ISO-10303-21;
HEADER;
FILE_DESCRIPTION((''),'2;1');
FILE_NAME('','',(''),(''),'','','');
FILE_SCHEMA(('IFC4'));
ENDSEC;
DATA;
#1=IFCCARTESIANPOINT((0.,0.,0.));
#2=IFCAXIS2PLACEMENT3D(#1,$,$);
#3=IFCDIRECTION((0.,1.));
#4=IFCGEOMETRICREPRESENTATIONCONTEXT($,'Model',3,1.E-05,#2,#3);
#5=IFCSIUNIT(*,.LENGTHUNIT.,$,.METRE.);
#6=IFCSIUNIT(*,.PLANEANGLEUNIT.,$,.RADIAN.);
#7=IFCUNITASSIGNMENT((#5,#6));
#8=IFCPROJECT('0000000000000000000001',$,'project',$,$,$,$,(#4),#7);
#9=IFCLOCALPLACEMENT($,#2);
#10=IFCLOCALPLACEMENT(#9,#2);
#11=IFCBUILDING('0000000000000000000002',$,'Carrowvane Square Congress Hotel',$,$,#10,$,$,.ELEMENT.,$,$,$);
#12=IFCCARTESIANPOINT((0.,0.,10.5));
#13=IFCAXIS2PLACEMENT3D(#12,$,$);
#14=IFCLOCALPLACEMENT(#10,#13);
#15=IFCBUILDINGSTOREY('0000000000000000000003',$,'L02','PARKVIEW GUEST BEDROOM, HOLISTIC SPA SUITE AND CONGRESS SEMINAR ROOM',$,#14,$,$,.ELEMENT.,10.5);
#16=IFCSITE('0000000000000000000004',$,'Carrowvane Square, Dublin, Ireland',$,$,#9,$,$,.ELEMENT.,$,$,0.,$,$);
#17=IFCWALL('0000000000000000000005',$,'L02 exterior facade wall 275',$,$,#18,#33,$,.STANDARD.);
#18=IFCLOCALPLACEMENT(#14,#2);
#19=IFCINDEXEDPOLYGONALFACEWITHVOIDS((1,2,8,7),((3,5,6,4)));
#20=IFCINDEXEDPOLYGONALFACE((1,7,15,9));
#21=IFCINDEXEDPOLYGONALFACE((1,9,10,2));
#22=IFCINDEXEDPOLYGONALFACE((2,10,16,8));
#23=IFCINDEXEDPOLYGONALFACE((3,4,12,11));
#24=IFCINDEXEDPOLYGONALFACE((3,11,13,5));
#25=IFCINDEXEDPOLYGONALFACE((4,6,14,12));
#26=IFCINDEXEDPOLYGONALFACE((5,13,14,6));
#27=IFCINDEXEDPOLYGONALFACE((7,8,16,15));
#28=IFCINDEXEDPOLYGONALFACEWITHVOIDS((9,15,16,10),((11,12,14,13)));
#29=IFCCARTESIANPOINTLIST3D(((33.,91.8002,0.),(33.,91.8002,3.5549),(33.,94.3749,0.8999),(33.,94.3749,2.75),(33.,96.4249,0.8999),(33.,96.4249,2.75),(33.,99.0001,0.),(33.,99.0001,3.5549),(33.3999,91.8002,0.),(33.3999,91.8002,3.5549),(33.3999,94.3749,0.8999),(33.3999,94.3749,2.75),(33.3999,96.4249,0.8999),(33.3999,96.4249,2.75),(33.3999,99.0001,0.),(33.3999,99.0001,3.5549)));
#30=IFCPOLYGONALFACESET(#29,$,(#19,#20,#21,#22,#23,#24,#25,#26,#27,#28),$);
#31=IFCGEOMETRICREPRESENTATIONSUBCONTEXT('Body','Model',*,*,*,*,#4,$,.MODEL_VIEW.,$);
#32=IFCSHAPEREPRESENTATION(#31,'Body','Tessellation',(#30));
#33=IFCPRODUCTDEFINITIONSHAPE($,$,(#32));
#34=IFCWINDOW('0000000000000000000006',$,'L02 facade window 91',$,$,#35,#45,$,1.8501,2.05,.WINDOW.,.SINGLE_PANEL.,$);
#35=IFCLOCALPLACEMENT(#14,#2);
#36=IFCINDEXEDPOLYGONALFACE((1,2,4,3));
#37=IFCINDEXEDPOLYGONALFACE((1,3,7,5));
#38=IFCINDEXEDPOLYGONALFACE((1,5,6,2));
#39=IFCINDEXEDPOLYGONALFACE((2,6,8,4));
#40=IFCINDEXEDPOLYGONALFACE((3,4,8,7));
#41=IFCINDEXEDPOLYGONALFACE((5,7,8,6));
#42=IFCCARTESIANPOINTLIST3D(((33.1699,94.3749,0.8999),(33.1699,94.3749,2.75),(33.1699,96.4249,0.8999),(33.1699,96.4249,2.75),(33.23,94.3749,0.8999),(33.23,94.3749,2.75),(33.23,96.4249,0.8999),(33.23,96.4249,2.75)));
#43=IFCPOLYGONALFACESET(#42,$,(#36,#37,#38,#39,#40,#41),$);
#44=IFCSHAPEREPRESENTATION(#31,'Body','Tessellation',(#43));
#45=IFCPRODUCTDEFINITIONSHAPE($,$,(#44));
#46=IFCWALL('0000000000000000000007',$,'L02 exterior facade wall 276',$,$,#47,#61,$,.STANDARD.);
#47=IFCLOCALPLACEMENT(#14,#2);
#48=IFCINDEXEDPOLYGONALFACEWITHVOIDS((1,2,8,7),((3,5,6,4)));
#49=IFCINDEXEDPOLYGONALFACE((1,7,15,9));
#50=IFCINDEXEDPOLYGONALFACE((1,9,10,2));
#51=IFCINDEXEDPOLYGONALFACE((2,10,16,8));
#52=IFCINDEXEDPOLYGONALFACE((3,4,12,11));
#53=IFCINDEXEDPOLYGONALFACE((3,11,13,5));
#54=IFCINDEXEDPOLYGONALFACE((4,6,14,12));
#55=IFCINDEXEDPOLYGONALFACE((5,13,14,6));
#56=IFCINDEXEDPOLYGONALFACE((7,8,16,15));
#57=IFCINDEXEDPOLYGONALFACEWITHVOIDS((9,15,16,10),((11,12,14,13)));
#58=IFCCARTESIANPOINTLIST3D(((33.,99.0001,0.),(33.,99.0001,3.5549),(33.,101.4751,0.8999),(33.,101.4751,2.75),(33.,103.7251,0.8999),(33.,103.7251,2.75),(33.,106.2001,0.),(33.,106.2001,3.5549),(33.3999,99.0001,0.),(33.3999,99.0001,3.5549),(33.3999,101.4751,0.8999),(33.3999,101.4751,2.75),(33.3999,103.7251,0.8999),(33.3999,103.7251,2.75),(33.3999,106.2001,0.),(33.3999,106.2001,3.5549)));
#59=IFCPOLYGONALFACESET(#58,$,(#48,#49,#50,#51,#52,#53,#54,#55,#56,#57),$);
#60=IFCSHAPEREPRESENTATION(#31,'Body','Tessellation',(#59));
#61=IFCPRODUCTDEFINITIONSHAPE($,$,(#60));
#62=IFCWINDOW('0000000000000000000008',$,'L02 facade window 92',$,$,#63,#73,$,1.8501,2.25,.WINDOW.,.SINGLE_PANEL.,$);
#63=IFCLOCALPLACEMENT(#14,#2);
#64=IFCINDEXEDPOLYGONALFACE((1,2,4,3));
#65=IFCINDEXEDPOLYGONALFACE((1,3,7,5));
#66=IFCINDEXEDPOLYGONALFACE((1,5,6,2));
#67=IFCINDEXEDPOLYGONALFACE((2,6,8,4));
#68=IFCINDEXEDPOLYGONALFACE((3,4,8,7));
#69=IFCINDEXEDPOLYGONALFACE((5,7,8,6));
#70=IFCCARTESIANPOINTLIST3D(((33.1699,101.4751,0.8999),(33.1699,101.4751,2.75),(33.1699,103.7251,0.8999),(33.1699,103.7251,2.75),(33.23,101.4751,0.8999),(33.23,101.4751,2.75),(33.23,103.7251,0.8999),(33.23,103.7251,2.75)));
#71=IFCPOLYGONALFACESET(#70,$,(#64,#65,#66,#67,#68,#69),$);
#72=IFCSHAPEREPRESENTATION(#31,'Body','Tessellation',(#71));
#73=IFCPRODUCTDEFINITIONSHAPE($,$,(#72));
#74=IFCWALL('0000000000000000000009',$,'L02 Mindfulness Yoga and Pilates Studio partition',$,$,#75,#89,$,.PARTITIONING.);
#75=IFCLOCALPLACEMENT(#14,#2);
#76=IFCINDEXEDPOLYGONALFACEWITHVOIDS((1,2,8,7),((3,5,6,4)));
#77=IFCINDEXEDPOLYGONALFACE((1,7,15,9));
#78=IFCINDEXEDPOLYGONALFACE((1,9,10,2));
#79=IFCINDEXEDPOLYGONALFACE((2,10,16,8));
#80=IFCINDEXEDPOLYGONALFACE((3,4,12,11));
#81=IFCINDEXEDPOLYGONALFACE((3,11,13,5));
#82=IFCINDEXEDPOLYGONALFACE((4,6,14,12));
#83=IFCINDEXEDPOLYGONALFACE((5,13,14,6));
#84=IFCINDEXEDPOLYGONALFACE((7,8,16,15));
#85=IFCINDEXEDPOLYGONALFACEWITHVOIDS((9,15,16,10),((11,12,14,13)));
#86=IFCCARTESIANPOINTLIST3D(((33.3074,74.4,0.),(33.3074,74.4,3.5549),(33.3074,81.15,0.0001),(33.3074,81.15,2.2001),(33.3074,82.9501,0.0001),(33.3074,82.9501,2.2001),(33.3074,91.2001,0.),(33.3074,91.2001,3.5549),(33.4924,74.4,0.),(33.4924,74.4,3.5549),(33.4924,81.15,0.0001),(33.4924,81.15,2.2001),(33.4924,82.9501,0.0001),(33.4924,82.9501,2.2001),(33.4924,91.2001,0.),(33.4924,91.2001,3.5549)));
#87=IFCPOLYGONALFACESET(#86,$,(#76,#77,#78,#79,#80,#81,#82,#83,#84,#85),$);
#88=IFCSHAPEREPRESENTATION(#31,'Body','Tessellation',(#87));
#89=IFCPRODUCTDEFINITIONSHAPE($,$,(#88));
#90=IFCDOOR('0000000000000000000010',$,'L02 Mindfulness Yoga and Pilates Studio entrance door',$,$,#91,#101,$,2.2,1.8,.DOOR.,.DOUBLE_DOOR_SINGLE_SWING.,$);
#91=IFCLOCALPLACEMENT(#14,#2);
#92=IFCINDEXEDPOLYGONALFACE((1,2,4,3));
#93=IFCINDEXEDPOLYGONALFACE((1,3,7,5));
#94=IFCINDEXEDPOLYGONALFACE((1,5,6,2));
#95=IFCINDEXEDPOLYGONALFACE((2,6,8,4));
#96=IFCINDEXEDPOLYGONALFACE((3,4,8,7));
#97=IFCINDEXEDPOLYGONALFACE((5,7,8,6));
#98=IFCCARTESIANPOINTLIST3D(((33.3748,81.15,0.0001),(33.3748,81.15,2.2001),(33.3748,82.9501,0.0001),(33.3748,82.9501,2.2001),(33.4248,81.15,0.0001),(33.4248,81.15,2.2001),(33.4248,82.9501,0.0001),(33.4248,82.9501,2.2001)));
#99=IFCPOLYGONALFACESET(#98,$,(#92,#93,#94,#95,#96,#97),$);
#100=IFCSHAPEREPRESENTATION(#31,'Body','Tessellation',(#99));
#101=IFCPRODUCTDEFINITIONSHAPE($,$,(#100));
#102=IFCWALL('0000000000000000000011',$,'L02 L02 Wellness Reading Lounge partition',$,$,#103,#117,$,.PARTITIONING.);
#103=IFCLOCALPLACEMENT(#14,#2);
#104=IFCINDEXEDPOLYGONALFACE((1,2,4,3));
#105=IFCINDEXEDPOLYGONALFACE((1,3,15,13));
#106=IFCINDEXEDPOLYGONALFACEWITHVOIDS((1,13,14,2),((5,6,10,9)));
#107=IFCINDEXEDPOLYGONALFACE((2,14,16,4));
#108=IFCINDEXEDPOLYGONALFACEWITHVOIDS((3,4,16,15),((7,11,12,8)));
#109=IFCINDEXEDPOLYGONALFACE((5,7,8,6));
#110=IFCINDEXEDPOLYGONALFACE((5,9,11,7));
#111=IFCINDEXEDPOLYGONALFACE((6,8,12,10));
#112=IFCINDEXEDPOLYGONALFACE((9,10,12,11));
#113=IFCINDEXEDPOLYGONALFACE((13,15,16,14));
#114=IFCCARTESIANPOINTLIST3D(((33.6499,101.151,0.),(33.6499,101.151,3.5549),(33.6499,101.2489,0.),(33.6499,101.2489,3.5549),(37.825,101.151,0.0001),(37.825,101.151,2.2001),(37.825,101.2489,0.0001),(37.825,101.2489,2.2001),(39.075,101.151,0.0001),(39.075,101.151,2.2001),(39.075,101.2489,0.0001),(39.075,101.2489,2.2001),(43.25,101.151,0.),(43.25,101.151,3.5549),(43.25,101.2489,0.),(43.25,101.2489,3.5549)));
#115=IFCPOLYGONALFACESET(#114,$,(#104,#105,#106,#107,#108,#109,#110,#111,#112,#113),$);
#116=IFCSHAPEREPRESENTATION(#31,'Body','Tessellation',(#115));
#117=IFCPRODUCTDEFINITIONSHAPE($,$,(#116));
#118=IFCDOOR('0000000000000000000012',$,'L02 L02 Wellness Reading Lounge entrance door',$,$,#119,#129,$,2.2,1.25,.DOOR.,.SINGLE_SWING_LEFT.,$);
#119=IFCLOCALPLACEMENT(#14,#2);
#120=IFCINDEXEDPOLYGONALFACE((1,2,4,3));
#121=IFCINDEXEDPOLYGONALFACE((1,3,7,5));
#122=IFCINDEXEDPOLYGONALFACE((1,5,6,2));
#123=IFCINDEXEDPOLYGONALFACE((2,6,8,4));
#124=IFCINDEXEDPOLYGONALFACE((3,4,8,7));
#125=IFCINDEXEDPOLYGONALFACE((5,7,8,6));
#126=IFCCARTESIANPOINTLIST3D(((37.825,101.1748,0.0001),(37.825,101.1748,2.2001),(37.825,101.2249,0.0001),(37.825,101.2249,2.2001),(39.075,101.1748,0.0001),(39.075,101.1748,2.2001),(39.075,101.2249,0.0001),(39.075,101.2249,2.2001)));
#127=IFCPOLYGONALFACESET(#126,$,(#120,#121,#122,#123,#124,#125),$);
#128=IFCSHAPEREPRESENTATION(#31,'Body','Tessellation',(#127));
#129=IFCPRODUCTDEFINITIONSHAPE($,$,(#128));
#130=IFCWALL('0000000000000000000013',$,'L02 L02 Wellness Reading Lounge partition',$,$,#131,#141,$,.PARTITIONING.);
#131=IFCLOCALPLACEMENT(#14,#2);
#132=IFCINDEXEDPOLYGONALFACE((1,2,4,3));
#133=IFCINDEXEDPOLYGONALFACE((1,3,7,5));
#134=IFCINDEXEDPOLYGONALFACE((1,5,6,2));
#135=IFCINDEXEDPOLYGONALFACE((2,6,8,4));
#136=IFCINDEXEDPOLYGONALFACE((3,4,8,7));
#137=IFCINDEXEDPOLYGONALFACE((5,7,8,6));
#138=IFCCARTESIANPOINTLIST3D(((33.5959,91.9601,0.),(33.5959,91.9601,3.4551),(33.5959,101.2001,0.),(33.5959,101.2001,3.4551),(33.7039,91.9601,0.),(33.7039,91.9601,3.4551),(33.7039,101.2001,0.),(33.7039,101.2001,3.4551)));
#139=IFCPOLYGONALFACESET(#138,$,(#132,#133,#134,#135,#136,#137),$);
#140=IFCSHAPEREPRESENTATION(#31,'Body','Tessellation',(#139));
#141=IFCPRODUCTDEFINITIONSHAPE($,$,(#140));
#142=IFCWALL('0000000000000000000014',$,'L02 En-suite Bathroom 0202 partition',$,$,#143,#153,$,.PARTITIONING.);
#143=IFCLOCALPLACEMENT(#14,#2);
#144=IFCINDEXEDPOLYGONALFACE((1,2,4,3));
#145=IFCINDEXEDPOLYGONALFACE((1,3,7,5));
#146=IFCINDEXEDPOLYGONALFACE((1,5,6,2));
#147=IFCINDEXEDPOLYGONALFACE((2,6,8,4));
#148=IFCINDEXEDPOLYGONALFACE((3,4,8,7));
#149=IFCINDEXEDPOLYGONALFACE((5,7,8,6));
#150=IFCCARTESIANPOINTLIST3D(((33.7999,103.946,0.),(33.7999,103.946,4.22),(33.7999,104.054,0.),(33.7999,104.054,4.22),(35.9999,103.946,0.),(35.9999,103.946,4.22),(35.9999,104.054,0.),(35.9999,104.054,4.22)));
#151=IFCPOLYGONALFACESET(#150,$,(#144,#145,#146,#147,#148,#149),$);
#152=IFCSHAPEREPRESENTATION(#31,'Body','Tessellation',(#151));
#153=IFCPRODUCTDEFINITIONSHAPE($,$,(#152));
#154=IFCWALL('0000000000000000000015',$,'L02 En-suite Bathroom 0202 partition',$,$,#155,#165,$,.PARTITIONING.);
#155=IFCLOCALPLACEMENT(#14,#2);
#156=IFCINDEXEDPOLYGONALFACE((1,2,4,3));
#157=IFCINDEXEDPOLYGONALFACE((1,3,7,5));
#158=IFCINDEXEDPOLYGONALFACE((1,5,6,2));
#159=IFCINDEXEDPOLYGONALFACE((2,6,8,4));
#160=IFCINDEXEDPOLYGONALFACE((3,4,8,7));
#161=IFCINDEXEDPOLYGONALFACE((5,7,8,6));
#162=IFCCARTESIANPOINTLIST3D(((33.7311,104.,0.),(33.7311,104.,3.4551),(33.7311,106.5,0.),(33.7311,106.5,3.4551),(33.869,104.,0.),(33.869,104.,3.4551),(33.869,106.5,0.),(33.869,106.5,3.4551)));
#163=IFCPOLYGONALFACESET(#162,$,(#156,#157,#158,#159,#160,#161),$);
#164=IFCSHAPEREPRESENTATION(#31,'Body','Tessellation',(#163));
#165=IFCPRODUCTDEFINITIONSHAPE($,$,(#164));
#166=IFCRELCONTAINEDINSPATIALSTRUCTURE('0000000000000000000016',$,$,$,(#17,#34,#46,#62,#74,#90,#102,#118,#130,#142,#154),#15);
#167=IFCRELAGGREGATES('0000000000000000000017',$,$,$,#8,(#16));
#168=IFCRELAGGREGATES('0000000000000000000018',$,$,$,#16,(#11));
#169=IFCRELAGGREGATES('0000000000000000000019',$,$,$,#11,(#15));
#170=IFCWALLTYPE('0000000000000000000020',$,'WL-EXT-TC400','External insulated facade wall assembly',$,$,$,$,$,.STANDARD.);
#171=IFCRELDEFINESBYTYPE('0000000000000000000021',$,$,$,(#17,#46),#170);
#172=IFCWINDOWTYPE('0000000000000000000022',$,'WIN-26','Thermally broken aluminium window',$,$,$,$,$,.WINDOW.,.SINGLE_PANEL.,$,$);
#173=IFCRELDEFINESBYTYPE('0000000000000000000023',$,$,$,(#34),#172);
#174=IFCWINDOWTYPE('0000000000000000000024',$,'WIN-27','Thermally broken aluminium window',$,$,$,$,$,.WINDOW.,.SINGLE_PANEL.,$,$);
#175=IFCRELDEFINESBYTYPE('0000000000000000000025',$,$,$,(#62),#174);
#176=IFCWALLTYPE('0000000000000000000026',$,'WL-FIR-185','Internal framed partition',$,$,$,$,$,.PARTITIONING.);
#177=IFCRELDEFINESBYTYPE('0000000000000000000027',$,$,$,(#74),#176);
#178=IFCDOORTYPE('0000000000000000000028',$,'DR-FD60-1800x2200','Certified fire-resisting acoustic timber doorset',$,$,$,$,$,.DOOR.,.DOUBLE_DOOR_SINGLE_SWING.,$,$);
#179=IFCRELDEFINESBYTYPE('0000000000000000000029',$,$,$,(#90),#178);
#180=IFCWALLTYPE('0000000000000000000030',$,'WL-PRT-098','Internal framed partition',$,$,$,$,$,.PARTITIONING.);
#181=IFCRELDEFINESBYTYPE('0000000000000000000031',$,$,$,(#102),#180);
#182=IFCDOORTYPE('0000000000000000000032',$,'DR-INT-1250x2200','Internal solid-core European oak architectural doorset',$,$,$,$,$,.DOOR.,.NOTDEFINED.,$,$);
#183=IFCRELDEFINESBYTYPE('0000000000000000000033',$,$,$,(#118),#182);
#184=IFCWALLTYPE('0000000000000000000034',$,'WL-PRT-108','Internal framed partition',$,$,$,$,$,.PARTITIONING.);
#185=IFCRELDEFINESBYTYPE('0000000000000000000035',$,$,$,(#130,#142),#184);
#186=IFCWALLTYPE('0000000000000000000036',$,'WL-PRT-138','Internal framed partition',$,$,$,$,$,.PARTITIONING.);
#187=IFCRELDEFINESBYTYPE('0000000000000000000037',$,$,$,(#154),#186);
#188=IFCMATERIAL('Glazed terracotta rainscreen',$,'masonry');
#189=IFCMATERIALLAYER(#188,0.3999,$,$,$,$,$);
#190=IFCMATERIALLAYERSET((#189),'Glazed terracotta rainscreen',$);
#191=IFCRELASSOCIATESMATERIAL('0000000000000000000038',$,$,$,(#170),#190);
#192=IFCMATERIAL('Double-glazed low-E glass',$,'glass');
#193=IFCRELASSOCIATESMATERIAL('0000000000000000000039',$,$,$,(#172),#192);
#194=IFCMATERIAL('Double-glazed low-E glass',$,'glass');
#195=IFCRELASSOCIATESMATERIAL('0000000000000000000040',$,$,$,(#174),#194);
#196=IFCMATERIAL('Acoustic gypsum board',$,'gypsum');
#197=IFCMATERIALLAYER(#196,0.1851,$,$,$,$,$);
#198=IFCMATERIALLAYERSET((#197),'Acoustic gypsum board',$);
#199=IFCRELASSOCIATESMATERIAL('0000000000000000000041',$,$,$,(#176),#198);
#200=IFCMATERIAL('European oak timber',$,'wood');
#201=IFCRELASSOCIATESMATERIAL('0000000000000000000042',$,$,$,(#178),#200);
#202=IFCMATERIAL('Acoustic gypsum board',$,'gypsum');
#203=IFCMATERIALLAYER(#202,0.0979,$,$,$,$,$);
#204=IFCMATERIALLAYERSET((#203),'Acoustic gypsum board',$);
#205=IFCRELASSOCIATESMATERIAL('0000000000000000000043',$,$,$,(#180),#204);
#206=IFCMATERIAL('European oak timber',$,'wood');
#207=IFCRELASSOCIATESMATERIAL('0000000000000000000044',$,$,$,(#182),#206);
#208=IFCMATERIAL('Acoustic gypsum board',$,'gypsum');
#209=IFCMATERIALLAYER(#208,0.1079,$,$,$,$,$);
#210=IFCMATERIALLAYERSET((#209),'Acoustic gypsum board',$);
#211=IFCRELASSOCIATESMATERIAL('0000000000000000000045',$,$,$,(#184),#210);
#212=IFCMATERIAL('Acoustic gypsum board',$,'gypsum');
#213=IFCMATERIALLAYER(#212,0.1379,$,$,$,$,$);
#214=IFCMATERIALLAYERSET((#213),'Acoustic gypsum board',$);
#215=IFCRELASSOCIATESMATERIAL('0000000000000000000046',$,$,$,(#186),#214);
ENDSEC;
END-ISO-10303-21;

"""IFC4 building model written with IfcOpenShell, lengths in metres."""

from ifc_helpers import new_model, si_unit, direction, frame, frame_2d, origin, place, context, subcontext, project, spatial, rectangle, extrude, material, layer, layer_set, type_object, element, fill, save


model = new_model("IFC4")

# Units and contexts
model_context = context("Model", 3, precision=1e-05, world=origin(), true_north=direction((0.0, 1.0)))
body_context = subcontext(model_context, "Body", "Model", "MODEL_VIEW")
ifc_project = project(units=[si_unit("LENGTHUNIT", "METRE"), si_unit("PLANEANGLEUNIT", "RADIAN")], contexts=[model_context])

# Site, building, storey
site_placement = place(None, origin())
site = spatial("IfcSite", under=ifc_project, at=site_placement, Name="Carrowvane Square, Dublin, Ireland", CompositionType="ELEMENT", RefElevation=0.0)
building_placement = place(site_placement, origin())
building = spatial("IfcBuilding", under=site, at=building_placement, Name="Carrowvane Square Congress Hotel", CompositionType="ELEMENT")
storey_placement = place(building_placement, frame((0.0, 0.0, 10.5)))
storey = spatial("IfcBuildingStorey", under=building, at=storey_placement, Name="L02", Description="PARKVIEW GUEST BEDROOM, HOLISTIC SPA SUITE AND CONGRESS SEMINAR ROOM", CompositionType="ELEMENT", Elevation=10.5)

# Walls, openings, windows
ifc_material_1 = material(Name="Glazed terracotta rainscreen", Category="masonry")
ifc_layer_1 = layer(ifc_material_1, 0.3999)
ifc_layer_set_1 = layer_set([ifc_layer_1], Name="Glazed terracotta rainscreen")
wall_type_1 = type_object("IfcWallType", Name="WL-EXT-TC400", Description="External insulated facade wall assembly", PredefinedType="STANDARD", material=ifc_layer_set_1)
wall_1_placement = place(storey_placement, frame((33.2, 91.8, 0.0), z_axis=(0.0, 0.0, 1.0), x_axis=(0.0, 1.0, 0.0)))
wall_1 = element("IfcWall", 1, at=wall_1_placement, inside=storey, type_object=wall_type_1, Name="L02 exterior facade wall 275", PredefinedType="STANDARD", context=body_context, shape_type="SweptSolid", body=[
    extrude(rectangle(XDim=7.2, YDim=0.3999, at=frame_2d((3.6001, 0.0))), origin(), (0.0, 0.0, 1.0), 3.5549),
])
opening_1_placement = place(wall_1_placement, frame((2.575, 0.0, 0.8999)))
opening_1 = element("IfcOpeningElement", 2, at=opening_1_placement, cuts=wall_1, PredefinedType="OPENING", context=body_context, shape_type="SweptSolid", body=[
    extrude(rectangle(XDim=2.05, YDim=1.8501, at=frame_2d((1.0249, 0.925))), frame((0.0, 0.21, 0.0), z_axis=(0.0, -1.0, 0.0), x_axis=(1.0, 0.0, 0.0)), (0.0, 0.0, 1.0), 0.4199),
])
ifc_material_2 = material(Name="Double-glazed low-E glass", Category="glass")
window_type_1 = type_object("IfcWindowType", Name="WIN-26", Description="Thermally broken aluminium window", PartitioningType="SINGLE_PANEL", PredefinedType="WINDOW", material=ifc_material_2)
window_1_placement = place(opening_1_placement, origin())
window_1 = element("IfcWindow", 3, at=window_1_placement, inside=storey, type_object=window_type_1, Name="L02 facade window 91", OverallHeight=1.8501, OverallWidth=2.05, PartitioningType="SINGLE_PANEL", PredefinedType="WINDOW", context=body_context, shape_type="SweptSolid", body=[
    extrude(rectangle(XDim=2.05, YDim=1.8501, at=frame_2d((1.0249, 0.925))), frame((0.0, 0.03, 0.0), z_axis=(0.0, -1.0, 0.0), x_axis=(1.0, 0.0, 0.0)), (0.0, 0.0, 1.0), 0.0601),
])
fill(opening_1, window_1)
wall_2_placement = place(storey_placement, frame((33.2, 99.0, 0.0), z_axis=(0.0, 0.0, 1.0), x_axis=(0.0, 1.0, 0.0)))
wall_2 = element("IfcWall", 4, at=wall_2_placement, inside=storey, type_object=wall_type_1, Name="L02 exterior facade wall 276", PredefinedType="STANDARD", context=body_context, shape_type="SweptSolid", body=[
    extrude(rectangle(XDim=7.2, YDim=0.3999, at=frame_2d((3.6001, 0.0))), origin(), (0.0, 0.0, 1.0), 3.5549),
])
opening_2_placement = place(wall_2_placement, frame((2.4751, 0.0, 0.8999)))
opening_2 = element("IfcOpeningElement", 5, at=opening_2_placement, cuts=wall_2, PredefinedType="OPENING", context=body_context, shape_type="SweptSolid", body=[
    extrude(rectangle(XDim=2.25, YDim=1.8501, at=frame_2d((1.125, 0.925))), frame((0.0, 0.21, 0.0), z_axis=(0.0, -1.0, 0.0), x_axis=(1.0, 0.0, 0.0)), (0.0, 0.0, 1.0), 0.4199),
])
ifc_material_3 = material(Name="Double-glazed low-E glass", Category="glass")
window_type_2 = type_object("IfcWindowType", Name="WIN-27", Description="Thermally broken aluminium window", PartitioningType="SINGLE_PANEL", PredefinedType="WINDOW", material=ifc_material_3)
window_2_placement = place(opening_2_placement, origin())
window_2 = element("IfcWindow", 6, at=window_2_placement, inside=storey, type_object=window_type_2, Name="L02 facade window 92", OverallHeight=1.8501, OverallWidth=2.25, PartitioningType="SINGLE_PANEL", PredefinedType="WINDOW", context=body_context, shape_type="SweptSolid", body=[
    extrude(rectangle(XDim=2.25, YDim=1.8501, at=frame_2d((1.125, 0.925))), frame((0.0, 0.03, 0.0), z_axis=(0.0, -1.0, 0.0), x_axis=(1.0, 0.0, 0.0)), (0.0, 0.0, 1.0), 0.0601),
])
fill(opening_2, window_2)

# Walls, openings, doors
ifc_material_4 = material(Name="Acoustic gypsum board", Category="gypsum")
ifc_layer_2 = layer(ifc_material_4, 0.1851)
ifc_layer_set_2 = layer_set([ifc_layer_2], Name="Acoustic gypsum board")
wall_type_2 = type_object("IfcWallType", Name="WL-FIR-185", Description="Internal framed partition", PredefinedType="PARTITIONING", material=ifc_layer_set_2)
wall_3_placement = place(storey_placement, frame((33.3999, 91.2, 0.0), z_axis=(0.0, 0.0, 1.0), x_axis=(0.0, -1.0, 0.0)))
wall_3 = element("IfcWall", 7, at=wall_3_placement, inside=storey, type_object=wall_type_2, Name="L02 Mindfulness Yoga and Pilates Studio partition", PredefinedType="PARTITIONING", context=body_context, shape_type="SweptSolid", body=[
    extrude(rectangle(XDim=16.8, YDim=0.1851, at=frame_2d((8.3999, 0.0))), origin(), (0.0, 0.0, 1.0), 3.5549),
])
opening_3_placement = place(wall_3_placement, frame((8.25, 0.0, 0.0)))
opening_3 = element("IfcOpeningElement", 8, at=opening_3_placement, cuts=wall_3, PredefinedType="OPENING", context=body_context, shape_type="SweptSolid", body=[
    extrude(rectangle(XDim=1.8, YDim=2.2, at=frame_2d((0.8999, 1.1001))), frame((0.0, 0.1025, 0.0), z_axis=(0.0, -1.0, 0.0), x_axis=(1.0, 0.0, 0.0)), (0.0, 0.0, 1.0), 0.2051),
])
ifc_material_5 = material(Name="European oak timber", Category="wood")
door_type_1 = type_object("IfcDoorType", Name="DR-FD60-1800x2200", Description="Certified fire-resisting acoustic timber doorset", OperationType="DOUBLE_DOOR_SINGLE_SWING", PredefinedType="DOOR", material=ifc_material_5)
door_1_placement = place(opening_3_placement, origin())
door_1 = element("IfcDoor", 9, at=door_1_placement, inside=storey, type_object=door_type_1, Name="L02 Mindfulness Yoga and Pilates Studio entrance door", OperationType="DOUBLE_DOOR_SINGLE_SWING", OverallHeight=2.2, OverallWidth=1.8, PredefinedType="DOOR", context=body_context, shape_type="SweptSolid", body=[
    extrude(rectangle(XDim=1.8, YDim=2.2, at=frame_2d((0.8999, 1.1001))), frame((0.0, 0.0249, 0.0), z_axis=(0.0, -1.0, 0.0), x_axis=(1.0, 0.0, 0.0)), (0.0, 0.0, 1.0), 0.05),
])
fill(opening_3, door_1)
ifc_material_6 = material(Name="Acoustic gypsum board", Category="gypsum")
ifc_layer_3 = layer(ifc_material_6, 0.0979)
ifc_layer_set_3 = layer_set([ifc_layer_3], Name="Acoustic gypsum board")
wall_type_3 = type_object("IfcWallType", Name="WL-PRT-098", Description="Internal framed partition", PredefinedType="PARTITIONING", material=ifc_layer_set_3)
wall_4_placement = place(storey_placement, frame((33.6499, 101.2, 0.0), z_axis=(0.0, 0.0, 1.0), x_axis=(1.0, 0.0, 0.0)))
wall_4 = element("IfcWall", 10, at=wall_4_placement, inside=storey, type_object=wall_type_3, Name="L02 L02 Wellness Reading Lounge partition", PredefinedType="PARTITIONING", context=body_context, shape_type="SweptSolid", body=[
    extrude(rectangle(XDim=9.6001, YDim=0.0979, at=frame_2d((4.8, 0.0))), origin(), (0.0, 0.0, 1.0), 3.5549),
])
opening_4_placement = place(wall_4_placement, frame((4.175, 0.0, 0.0)))
opening_4 = element("IfcOpeningElement", 11, at=opening_4_placement, cuts=wall_4, PredefinedType="OPENING", context=body_context, shape_type="SweptSolid", body=[
    extrude(rectangle(XDim=1.25, YDim=2.2, at=frame_2d((0.625, 1.1001))), frame((0.0, 0.0588, 0.0), z_axis=(0.0, -1.0, 0.0), x_axis=(1.0, 0.0, 0.0)), (0.0, 0.0, 1.0), 0.1179),
])
ifc_material_7 = material(Name="European oak timber", Category="wood")
door_type_2 = type_object("IfcDoorType", Name="DR-INT-1250x2200", Description="Internal solid-core European oak architectural doorset", OperationType="NOTDEFINED", PredefinedType="DOOR", material=ifc_material_7)
door_2_placement = place(opening_4_placement, origin())
door_2 = element("IfcDoor", 12, at=door_2_placement, inside=storey, type_object=door_type_2, Name="L02 L02 Wellness Reading Lounge entrance door", OperationType="SINGLE_SWING_LEFT", OverallHeight=2.2, OverallWidth=1.25, PredefinedType="DOOR", context=body_context, shape_type="SweptSolid", body=[
    extrude(rectangle(XDim=1.25, YDim=2.2, at=frame_2d((0.625, 1.1001))), frame((0.0, 0.0249, 0.0), z_axis=(0.0, -1.0, 0.0), x_axis=(1.0, 0.0, 0.0)), (0.0, 0.0, 1.0), 0.05),
])
fill(opening_4, door_2)

# Walls
ifc_material_8 = material(Name="Acoustic gypsum board", Category="gypsum")
ifc_layer_4 = layer(ifc_material_8, 0.1079)
ifc_layer_set_4 = layer_set([ifc_layer_4], Name="Acoustic gypsum board")
wall_type_4 = type_object("IfcWallType", Name="WL-PRT-108", Description="Internal framed partition", PredefinedType="PARTITIONING", material=ifc_layer_set_4)
wall_5_placement = place(storey_placement, frame((33.6499, 91.96, 0.0), z_axis=(0.0, 0.0, 1.0), x_axis=(0.0, 1.0, 0.0)))
element("IfcWall", 13, at=wall_5_placement, inside=storey, type_object=wall_type_4, Name="L02 L02 Wellness Reading Lounge partition", PredefinedType="PARTITIONING", context=body_context, shape_type="SweptSolid", body=[
    extrude(rectangle(XDim=9.24, YDim=0.1079, at=frame_2d((4.6201, 0.0))), origin(), (0.0, 0.0, 1.0), 3.4551),
])
wall_6_placement = place(storey_placement, frame((36.0, 104.0, 0.0), z_axis=(0.0, 0.0, 1.0), x_axis=(-1.0, 0.0, 0.0)))
element("IfcWall", 14, at=wall_6_placement, inside=storey, type_object=wall_type_4, Name="L02 En-suite Bathroom 0202 partition", PredefinedType="PARTITIONING", context=body_context, shape_type="SweptSolid", body=[
    extrude(rectangle(XDim=2.2, YDim=0.1079, at=frame_2d((1.1001, 0.0))), origin(), (0.0, 0.0, 1.0), 4.22),
])
ifc_material_9 = material(Name="Acoustic gypsum board", Category="gypsum")
ifc_layer_5 = layer(ifc_material_9, 0.1379)
ifc_layer_set_5 = layer_set([ifc_layer_5], Name="Acoustic gypsum board")
wall_type_5 = type_object("IfcWallType", Name="WL-PRT-138", Description="Internal framed partition", PredefinedType="PARTITIONING", material=ifc_layer_set_5)
wall_7_placement = place(storey_placement, frame((33.8, 104.0, 0.0), z_axis=(0.0, 0.0, 1.0), x_axis=(0.0, 1.0, 0.0)))
element("IfcWall", 15, at=wall_7_placement, inside=storey, type_object=wall_type_5, Name="L02 En-suite Bathroom 0202 partition", PredefinedType="PARTITIONING", context=body_context, shape_type="SweptSolid", body=[
    extrude(rectangle(XDim=2.5, YDim=0.1379, at=frame_2d((1.25, 0.0))), origin(), (0.0, 0.0, 1.0), 3.4551),
])

save(model, "model.ifc")
